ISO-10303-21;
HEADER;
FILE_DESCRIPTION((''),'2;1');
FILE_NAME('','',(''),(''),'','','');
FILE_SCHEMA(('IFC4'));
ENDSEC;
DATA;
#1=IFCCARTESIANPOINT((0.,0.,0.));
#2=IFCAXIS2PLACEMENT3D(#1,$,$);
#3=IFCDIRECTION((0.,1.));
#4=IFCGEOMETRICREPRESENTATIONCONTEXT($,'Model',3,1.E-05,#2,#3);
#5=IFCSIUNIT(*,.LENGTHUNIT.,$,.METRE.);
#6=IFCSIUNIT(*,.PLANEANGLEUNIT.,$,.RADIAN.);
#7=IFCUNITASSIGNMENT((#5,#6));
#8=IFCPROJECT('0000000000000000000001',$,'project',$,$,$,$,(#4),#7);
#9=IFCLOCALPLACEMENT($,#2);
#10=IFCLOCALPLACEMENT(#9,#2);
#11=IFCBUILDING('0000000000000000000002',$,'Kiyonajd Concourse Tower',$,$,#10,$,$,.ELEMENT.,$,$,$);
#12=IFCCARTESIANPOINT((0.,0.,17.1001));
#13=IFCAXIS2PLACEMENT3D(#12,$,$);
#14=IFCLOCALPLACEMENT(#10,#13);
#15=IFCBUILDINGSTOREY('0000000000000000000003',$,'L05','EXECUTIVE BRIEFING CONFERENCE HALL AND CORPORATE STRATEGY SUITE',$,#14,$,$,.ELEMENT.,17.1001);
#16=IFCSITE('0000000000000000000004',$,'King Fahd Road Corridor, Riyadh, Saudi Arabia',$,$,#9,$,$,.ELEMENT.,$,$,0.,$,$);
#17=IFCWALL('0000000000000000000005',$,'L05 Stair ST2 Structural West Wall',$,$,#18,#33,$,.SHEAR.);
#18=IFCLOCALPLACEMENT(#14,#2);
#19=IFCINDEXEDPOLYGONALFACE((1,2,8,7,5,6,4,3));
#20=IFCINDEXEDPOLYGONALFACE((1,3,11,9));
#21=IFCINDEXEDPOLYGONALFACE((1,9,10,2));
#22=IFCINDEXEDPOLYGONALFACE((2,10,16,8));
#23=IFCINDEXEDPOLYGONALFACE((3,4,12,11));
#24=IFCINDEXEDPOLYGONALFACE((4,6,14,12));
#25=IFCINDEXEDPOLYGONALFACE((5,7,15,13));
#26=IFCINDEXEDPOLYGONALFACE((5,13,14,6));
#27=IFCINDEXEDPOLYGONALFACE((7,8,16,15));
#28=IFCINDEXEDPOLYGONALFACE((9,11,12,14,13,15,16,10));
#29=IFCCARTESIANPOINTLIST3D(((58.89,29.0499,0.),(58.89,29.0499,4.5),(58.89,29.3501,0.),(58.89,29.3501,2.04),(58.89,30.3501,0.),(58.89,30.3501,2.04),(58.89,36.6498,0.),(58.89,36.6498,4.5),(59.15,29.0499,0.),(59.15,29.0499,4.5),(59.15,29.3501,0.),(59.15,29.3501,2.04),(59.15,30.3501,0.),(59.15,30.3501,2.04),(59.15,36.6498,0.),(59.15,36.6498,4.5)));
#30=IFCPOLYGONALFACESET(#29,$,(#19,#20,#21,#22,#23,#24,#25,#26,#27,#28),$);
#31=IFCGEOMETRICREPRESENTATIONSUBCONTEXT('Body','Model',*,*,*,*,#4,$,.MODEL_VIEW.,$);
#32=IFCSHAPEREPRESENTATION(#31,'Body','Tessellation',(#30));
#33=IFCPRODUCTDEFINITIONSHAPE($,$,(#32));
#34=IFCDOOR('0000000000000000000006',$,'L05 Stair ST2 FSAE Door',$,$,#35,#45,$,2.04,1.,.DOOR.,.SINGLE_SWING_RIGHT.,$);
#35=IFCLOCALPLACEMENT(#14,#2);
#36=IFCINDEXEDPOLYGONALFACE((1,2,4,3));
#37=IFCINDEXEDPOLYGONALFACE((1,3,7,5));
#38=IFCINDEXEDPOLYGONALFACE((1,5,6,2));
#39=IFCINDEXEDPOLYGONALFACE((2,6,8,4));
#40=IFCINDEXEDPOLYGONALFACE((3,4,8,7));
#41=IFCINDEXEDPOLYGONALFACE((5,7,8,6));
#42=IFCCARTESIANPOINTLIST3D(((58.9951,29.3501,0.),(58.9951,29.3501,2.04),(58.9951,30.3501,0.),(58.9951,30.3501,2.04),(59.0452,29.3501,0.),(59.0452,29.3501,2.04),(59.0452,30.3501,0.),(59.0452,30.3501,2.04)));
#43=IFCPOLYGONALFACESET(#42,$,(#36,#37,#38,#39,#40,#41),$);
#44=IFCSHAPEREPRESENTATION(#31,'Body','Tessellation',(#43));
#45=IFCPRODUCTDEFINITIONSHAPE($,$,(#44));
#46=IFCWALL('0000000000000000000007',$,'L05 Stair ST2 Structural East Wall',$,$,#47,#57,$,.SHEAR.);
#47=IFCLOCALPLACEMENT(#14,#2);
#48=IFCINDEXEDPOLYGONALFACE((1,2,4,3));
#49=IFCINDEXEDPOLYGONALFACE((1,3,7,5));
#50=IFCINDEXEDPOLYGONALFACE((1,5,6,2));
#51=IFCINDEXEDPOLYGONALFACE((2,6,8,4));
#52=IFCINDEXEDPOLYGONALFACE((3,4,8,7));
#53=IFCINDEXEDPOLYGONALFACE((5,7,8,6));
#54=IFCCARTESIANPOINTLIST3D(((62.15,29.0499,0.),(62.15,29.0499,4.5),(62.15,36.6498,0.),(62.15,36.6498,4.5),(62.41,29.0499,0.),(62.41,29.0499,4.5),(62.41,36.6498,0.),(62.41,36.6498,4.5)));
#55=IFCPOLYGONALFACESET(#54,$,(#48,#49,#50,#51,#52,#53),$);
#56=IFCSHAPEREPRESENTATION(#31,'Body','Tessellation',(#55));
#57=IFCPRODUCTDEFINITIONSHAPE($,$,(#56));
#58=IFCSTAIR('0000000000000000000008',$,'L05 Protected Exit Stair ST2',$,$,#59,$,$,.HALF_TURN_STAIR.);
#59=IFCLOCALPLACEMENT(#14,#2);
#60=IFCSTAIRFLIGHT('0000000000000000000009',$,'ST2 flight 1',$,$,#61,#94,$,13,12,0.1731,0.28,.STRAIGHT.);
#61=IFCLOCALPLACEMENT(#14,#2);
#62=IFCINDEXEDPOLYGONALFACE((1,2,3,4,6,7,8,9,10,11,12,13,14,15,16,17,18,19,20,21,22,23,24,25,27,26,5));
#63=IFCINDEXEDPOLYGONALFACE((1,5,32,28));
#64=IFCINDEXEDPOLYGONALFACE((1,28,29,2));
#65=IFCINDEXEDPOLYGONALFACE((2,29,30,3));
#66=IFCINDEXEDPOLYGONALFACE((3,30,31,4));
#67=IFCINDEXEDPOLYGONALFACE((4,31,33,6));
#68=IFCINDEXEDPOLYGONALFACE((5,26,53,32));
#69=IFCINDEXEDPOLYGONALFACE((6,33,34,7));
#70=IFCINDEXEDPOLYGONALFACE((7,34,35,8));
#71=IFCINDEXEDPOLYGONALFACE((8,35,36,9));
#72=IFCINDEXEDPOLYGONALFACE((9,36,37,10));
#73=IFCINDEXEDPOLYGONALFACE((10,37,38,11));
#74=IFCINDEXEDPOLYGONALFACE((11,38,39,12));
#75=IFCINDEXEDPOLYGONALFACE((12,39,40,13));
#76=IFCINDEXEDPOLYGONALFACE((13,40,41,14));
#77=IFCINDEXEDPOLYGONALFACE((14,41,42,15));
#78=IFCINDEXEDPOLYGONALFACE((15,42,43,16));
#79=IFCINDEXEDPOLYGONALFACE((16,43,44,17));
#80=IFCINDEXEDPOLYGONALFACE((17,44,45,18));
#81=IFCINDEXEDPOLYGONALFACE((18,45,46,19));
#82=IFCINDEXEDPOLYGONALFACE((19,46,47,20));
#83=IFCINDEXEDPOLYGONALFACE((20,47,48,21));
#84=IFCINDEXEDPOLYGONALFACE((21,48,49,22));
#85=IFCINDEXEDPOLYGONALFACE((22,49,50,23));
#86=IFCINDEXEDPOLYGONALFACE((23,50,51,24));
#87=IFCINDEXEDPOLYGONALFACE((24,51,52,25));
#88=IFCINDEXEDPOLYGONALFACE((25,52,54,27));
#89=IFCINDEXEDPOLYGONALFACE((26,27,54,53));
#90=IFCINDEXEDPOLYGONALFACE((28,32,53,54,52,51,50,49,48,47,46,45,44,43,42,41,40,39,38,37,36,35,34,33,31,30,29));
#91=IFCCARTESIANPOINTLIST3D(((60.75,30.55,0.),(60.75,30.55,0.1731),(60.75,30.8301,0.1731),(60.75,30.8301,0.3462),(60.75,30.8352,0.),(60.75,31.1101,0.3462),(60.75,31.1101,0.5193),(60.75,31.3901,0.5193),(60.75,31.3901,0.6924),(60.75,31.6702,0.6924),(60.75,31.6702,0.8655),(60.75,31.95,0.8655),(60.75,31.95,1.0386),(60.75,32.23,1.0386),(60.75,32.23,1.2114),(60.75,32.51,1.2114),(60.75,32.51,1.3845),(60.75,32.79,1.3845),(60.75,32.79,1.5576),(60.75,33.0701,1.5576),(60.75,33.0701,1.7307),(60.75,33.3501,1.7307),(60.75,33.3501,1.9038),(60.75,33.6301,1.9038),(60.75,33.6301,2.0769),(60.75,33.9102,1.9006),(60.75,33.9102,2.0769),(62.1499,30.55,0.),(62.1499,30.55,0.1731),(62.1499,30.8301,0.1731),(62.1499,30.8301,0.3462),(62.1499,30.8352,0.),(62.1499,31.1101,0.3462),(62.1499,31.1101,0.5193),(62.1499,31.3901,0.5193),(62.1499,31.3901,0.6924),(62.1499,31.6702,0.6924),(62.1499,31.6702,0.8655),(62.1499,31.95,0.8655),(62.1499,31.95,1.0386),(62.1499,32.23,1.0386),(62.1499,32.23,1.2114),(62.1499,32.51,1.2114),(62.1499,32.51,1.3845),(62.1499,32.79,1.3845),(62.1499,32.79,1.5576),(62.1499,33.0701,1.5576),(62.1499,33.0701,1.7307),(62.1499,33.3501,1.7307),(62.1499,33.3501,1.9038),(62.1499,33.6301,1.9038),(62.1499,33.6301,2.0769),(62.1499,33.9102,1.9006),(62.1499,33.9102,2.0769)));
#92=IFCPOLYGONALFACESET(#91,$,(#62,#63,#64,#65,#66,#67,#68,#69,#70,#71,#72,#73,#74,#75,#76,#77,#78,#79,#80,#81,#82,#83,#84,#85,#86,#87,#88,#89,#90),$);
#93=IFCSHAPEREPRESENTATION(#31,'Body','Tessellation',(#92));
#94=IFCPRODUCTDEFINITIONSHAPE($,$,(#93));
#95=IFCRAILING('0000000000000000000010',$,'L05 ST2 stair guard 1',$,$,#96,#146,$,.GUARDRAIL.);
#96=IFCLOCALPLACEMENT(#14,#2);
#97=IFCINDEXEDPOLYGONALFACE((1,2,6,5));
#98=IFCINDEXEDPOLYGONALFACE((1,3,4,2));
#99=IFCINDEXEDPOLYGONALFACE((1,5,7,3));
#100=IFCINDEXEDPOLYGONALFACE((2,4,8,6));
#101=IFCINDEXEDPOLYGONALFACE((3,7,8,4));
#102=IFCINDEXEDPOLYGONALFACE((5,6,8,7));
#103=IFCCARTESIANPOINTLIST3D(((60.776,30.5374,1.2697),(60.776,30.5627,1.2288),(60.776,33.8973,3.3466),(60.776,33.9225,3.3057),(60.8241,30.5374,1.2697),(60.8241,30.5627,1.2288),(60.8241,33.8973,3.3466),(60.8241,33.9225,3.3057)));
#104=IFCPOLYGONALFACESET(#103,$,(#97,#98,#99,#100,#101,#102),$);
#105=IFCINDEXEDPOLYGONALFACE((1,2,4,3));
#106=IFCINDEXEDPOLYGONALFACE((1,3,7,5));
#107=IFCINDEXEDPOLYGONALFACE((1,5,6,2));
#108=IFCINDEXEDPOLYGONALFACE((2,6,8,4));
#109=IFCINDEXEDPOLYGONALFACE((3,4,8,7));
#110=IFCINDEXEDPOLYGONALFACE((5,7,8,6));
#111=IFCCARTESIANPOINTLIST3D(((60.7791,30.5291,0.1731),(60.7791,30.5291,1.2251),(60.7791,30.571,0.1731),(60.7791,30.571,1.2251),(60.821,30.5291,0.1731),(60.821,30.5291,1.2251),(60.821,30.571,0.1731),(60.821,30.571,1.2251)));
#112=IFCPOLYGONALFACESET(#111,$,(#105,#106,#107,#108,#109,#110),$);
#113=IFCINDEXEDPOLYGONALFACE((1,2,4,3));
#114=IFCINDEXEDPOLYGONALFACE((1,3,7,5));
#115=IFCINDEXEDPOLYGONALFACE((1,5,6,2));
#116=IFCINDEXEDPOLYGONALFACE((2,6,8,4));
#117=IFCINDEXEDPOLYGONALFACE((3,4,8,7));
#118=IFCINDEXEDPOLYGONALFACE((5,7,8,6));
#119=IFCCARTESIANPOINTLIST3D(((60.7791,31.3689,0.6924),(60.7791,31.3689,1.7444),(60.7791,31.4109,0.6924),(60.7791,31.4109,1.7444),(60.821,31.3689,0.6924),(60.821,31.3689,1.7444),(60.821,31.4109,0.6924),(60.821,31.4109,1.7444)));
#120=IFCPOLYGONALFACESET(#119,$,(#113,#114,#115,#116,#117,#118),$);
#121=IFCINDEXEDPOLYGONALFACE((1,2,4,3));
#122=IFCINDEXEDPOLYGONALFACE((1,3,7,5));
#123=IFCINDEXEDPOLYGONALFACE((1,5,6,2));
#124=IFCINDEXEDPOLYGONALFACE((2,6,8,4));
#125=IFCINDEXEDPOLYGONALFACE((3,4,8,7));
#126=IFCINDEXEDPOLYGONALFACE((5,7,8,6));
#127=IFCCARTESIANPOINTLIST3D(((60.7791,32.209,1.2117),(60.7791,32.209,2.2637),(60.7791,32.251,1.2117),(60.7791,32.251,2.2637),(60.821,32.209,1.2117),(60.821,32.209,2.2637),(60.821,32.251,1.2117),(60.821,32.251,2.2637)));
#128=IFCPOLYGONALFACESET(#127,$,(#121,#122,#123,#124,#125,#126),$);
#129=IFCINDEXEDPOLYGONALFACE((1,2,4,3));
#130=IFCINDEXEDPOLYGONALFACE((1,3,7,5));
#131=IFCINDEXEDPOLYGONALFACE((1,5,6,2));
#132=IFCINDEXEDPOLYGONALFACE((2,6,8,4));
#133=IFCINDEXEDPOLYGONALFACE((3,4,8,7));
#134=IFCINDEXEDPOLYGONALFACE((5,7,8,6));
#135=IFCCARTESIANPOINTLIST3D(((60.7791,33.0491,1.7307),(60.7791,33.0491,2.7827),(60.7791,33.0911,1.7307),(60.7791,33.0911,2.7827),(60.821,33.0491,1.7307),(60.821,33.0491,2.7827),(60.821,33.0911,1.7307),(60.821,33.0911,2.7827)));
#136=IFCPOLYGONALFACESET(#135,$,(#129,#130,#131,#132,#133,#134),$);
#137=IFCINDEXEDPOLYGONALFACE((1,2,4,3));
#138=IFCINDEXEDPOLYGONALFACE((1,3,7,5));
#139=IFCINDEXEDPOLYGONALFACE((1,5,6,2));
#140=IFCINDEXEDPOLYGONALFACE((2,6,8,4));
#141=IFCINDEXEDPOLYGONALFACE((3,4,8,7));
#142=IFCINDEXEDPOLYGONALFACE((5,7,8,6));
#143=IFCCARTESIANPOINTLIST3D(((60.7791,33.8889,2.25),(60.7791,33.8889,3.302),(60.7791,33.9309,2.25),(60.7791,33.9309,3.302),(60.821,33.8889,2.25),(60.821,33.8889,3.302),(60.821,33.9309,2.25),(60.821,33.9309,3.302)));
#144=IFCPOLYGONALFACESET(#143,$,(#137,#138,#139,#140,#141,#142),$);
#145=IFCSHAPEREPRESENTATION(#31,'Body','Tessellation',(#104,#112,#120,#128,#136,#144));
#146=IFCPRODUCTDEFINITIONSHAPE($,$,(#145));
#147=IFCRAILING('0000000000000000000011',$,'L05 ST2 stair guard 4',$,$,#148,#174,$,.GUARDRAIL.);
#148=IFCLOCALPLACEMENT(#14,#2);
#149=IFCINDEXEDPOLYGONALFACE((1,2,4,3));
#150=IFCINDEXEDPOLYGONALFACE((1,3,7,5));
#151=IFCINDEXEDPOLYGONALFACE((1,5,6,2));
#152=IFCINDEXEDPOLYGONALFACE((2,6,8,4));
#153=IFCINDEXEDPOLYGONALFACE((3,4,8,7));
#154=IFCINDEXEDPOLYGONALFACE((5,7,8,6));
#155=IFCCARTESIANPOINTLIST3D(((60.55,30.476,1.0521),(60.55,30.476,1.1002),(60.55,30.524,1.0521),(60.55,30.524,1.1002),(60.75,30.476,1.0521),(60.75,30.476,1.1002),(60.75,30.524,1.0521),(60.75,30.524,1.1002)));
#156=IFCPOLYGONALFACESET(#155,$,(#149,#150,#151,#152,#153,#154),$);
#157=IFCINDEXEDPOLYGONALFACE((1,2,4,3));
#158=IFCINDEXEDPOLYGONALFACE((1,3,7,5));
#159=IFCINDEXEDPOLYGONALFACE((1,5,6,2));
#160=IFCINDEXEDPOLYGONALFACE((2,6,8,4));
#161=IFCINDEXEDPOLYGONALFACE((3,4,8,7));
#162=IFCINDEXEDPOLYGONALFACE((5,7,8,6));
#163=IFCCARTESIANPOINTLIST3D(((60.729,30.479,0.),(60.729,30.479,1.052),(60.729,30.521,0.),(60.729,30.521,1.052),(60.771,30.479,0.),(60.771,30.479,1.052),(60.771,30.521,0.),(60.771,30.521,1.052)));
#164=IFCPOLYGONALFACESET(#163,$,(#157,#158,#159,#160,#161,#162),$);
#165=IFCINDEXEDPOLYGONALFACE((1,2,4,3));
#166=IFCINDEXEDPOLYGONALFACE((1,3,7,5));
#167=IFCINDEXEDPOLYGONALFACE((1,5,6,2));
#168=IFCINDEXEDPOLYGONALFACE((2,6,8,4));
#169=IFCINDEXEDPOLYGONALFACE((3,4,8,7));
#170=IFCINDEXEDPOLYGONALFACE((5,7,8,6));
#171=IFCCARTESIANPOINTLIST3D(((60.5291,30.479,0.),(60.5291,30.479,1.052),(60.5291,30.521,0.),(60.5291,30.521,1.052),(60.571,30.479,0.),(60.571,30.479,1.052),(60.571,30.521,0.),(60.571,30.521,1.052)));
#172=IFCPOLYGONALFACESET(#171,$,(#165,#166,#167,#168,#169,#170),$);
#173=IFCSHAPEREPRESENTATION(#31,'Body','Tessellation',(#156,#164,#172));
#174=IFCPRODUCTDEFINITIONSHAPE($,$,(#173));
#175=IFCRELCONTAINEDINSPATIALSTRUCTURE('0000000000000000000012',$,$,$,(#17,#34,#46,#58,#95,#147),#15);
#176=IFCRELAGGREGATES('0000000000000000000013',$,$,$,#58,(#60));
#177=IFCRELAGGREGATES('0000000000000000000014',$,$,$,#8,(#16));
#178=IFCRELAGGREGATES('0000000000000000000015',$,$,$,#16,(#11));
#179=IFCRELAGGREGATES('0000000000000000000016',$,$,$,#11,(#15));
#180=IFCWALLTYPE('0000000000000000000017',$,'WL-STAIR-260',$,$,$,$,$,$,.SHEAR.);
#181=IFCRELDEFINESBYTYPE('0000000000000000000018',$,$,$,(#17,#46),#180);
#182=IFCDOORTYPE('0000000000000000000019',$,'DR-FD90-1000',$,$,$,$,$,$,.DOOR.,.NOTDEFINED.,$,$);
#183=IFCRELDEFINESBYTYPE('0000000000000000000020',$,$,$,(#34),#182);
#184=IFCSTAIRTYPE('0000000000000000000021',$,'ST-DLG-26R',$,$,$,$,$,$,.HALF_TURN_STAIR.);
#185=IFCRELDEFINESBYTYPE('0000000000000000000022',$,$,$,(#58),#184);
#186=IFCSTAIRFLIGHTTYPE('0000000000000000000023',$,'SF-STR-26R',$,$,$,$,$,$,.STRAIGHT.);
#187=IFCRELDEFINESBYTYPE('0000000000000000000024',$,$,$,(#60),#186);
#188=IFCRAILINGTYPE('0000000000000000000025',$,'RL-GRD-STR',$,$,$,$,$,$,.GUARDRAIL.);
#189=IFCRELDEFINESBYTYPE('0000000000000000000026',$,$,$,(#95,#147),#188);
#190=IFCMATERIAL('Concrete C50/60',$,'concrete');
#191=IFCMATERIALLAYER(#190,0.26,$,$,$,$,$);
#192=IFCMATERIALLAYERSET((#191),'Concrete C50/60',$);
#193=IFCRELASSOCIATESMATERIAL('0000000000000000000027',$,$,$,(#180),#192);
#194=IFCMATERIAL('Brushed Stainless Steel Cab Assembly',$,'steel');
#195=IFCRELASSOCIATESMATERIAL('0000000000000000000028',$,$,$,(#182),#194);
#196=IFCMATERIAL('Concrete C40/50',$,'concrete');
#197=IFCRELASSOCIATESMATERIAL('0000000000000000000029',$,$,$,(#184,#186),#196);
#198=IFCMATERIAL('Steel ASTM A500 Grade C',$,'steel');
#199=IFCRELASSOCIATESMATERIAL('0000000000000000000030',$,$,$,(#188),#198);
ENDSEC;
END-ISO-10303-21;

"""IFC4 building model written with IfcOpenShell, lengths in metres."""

from ifc_helpers import new_model, si_unit, direction, frame, frame_2d, origin, origin_2d, place, context, subcontext, project, spatial, polyline, rectangle, outline, extrude, material, layer, layer_set, type_object, element, fill, aggregate, save


model = new_model("IFC4")

# Units and contexts
model_context = context("Model", 3, precision=1e-05, world=origin(), true_north=direction((0.0, 1.0)))
body_context = subcontext(model_context, "Body", "Model", "MODEL_VIEW")
ifc_project = project(units=[si_unit("LENGTHUNIT", "METRE"), si_unit("PLANEANGLEUNIT", "RADIAN")], contexts=[model_context])

# Site, building, storey
site_placement = place(None, origin())
site = spatial("IfcSite", under=ifc_project, at=site_placement, Name="King Fahd Road Corridor, Riyadh, Saudi Arabia", CompositionType="ELEMENT", RefElevation=0.0)
building_placement = place(site_placement, origin())
building = spatial("IfcBuilding", under=site, at=building_placement, Name="Kiyonajd Concourse Tower", CompositionType="ELEMENT")
storey_placement = place(building_placement, frame((0.0, 0.0, 17.1001)))
storey = spatial("IfcBuildingStorey", under=building, at=storey_placement, Name="L05", Description="EXECUTIVE BRIEFING CONFERENCE HALL AND CORPORATE STRATEGY SUITE", CompositionType="ELEMENT", Elevation=17.1001)

# Shared definitions
ifc_material_1 = material(Name="Concrete C50/60", Category="concrete")

# Shared definitions
ifc_layer_1 = layer(ifc_material_1, 0.26)
ifc_layer_set_1 = layer_set([ifc_layer_1], Name="Concrete C50/60")
wall_type_1 = type_object("IfcWallType", Name="WL-STAIR-260", PredefinedType="SHEAR", material=ifc_layer_set_1)

# Wall, opening, door
wall_1_placement = place(storey_placement, frame((59.02, 29.05, 0.0), z_axis=(0.0, 0.0, 1.0), x_axis=(0.0, 1.0, 0.0)))
wall_1 = element("IfcWall", 1, at=wall_1_placement, inside=storey, type_object=wall_type_1, Name="L05 Stair ST2 Structural West Wall", PredefinedType="SHEAR", context=body_context, shape_type="SweptSolid", body=[
    extrude(rectangle(XDim=7.5999, YDim=0.26, at=frame_2d((3.7998, 0.0))), origin(), (0.0, 0.0, 1.0), 4.5),
])
opening_placement = place(wall_1_placement, frame((0.3, 0.0, 0.0)))
opening = element("IfcOpeningElement", 2, at=opening_placement, cuts=wall_1, PredefinedType="OPENING", context=body_context, shape_type="SweptSolid", body=[
    extrude(rectangle(XDim=1.0, YDim=2.04, at=frame_2d((0.5, 1.02))), frame((0.0, 0.1399, 0.0), z_axis=(0.0, -1.0, 0.0), x_axis=(1.0, 0.0, 0.0)), (0.0, 0.0, 1.0), 0.28),
])
ifc_material_2 = material(Name="Brushed Stainless Steel Cab Assembly", Category="steel")
door_type = type_object("IfcDoorType", Name="DR-FD90-1000", OperationType="NOTDEFINED", PredefinedType="DOOR", material=ifc_material_2)
door_placement = place(opening_placement, origin())
door = element("IfcDoor", 3, at=door_placement, inside=storey, type_object=door_type, Name="L05 Stair ST2 FSAE Door", OperationType="SINGLE_SWING_RIGHT", OverallHeight=2.04, OverallWidth=1.0, PredefinedType="DOOR", context=body_context, shape_type="SweptSolid", body=[
    extrude(rectangle(XDim=1.0, YDim=2.04, at=frame_2d((0.5, 1.02))), frame((0.0, 0.0249, 0.0), z_axis=(0.0, -1.0, 0.0), x_axis=(1.0, 0.0, 0.0)), (0.0, 0.0, 1.0), 0.05),
])
fill(opening, door)

# Wall
wall_2_placement = place(storey_placement, frame((62.28, 29.05, 0.0), z_axis=(0.0, 0.0, 1.0), x_axis=(0.0, 1.0, 0.0)))
element("IfcWall", 4, at=wall_2_placement, inside=storey, type_object=wall_type_1, Name="L05 Stair ST2 Structural East Wall", PredefinedType="SHEAR", context=body_context, shape_type="SweptSolid", body=[
    extrude(rectangle(XDim=7.5999, YDim=0.26, at=frame_2d((3.7998, 0.0))), origin(), (0.0, 0.0, 1.0), 4.5),
])

# Stair, stair flight
ifc_material_3 = material(Name="Concrete C40/50", Category="concrete")
stair_type = type_object("IfcStairType", Name="ST-DLG-26R", PredefinedType="HALF_TURN_STAIR", material=ifc_material_3)
stair_placement = place(storey_placement, origin())
stair = element("IfcStair", 5, at=stair_placement, inside=storey, type_object=stair_type, Name="L05 Protected Exit Stair ST2", PredefinedType="HALF_TURN_STAIR")
stair_flight_type = type_object("IfcStairFlightType", Name="SF-STR-26R", PredefinedType="STRAIGHT", material=ifc_material_3)
stair_flight_placement = place(storey_placement, frame((61.45, 30.55, 0.0), z_axis=(0.0, 0.0, 1.0), x_axis=(0.0, 1.0, 0.0)))
stair_flight = element("IfcStairFlight", 6, at=stair_flight_placement, type_object=stair_flight_type, Name="ST2 flight 1", NumberOfRisers=13, NumberOfTreads=12, PredefinedType="STRAIGHT", RiserHeight=0.1731, TreadLength=0.28, context=body_context, shape_type="SweptSolid", body=[
    extrude(outline(polyline([(0.0, 0.0), (0.0, 0.1731), (0.28, 0.1731), (0.28, 0.3462), (0.5601, 0.3462), (0.5601, 0.5193), (0.8401, 0.5193), (0.8401, 0.6924), (1.1201, 0.6924), (1.1201, 0.8655), (1.3999, 0.8655), (1.3999, 1.0386), (1.6799, 1.0386), (1.6799, 1.2114), (1.96, 1.2114), (1.96, 1.3845), (2.24, 1.3845), (2.24, 1.5576), (2.52, 1.5576), (2.52, 1.7307), (2.8, 1.7307), (2.8, 1.9038), (3.0801, 1.9038), (3.0801, 2.0769), (3.3601, 2.0769), (3.3601, 2.25), (3.3601, 1.9006), (0.2852, 0.0), (0.0, 0.0)])), frame((0.0, 0.7, 0.0), z_axis=(0.0, -1.0, 0.0), x_axis=(1.0, 0.0, 0.0)), (0.0, 0.0, 1.0), 1.3999),
])
aggregate(stair, [stair_flight])

# Railings
ifc_material_4 = material(Name="Steel ASTM A500 Grade C", Category="steel")
railing_type_1 = type_object("IfcRailingType", Name="RL-GRD-STR", PredefinedType="GUARDRAIL", material=ifc_material_4)
railing_1_placement = place(storey_placement, frame((60.8, 30.55, 0.1731)))
element("IfcRailing", 7, at=railing_1_placement, inside=storey, type_object=railing_type_1, Name="L05 ST2 stair guard 1", PredefinedType="GUARDRAIL", context=body_context, shape_type="SweptSolid", body=[
    extrude(rectangle(XDim=0.0481, YDim=0.0481, at=origin_2d()), frame((0.0, 0.0, 1.0762), z_axis=(0.0, 0.850606, 0.525803), x_axis=(-1.0, 0.0, 0.0)), (0.0, 0.0, 1.0), 3.95),
    extrude(rectangle(XDim=0.042, YDim=0.042, at=origin_2d()), origin(), (0.0, 0.0, 1.0), 1.052),
    extrude(rectangle(XDim=0.042, YDim=0.042, at=origin_2d()), frame((0.0, 0.8398, 0.5193)), (0.0, 0.0, 1.0), 1.052),
    extrude(rectangle(XDim=0.042, YDim=0.042, at=origin_2d()), frame((0.0, 1.6799, 1.0386)), (0.0, 0.0, 1.0), 1.052),
    extrude(rectangle(XDim=0.042, YDim=0.042, at=origin_2d()), frame((0.0, 2.52, 1.5576)), (0.0, 0.0, 1.0), 1.052),
    extrude(rectangle(XDim=0.042, YDim=0.042, at=origin_2d()), frame((0.0, 3.3599, 2.0769)), (0.0, 0.0, 1.0), 1.052),
])
railing_2_placement = place(storey_placement, frame((60.75, 30.5, 0.0)))
element("IfcRailing", 8, at=railing_2_placement, inside=storey, type_object=railing_type_1, Name="L05 ST2 stair guard 4", PredefinedType="GUARDRAIL", context=body_context, shape_type="SweptSolid", body=[
    extrude(rectangle(XDim=0.0481, YDim=0.0481, at=origin_2d()), frame((0.0, 0.0, 1.0762), z_axis=(-1.0, 0.0, 0.0), x_axis=(0.0, -1.0, 0.0)), (0.0, 0.0, 1.0), 0.2),
    extrude(rectangle(XDim=0.042, YDim=0.042, at=origin_2d()), origin(), (0.0, 0.0, 1.0), 1.052),
    extrude(rectangle(XDim=0.042, YDim=0.042, at=origin_2d()), frame((-0.2, 0.0, 0.0)), (0.0, 0.0, 1.0), 1.052),
])

save(model, "model.ifc")
